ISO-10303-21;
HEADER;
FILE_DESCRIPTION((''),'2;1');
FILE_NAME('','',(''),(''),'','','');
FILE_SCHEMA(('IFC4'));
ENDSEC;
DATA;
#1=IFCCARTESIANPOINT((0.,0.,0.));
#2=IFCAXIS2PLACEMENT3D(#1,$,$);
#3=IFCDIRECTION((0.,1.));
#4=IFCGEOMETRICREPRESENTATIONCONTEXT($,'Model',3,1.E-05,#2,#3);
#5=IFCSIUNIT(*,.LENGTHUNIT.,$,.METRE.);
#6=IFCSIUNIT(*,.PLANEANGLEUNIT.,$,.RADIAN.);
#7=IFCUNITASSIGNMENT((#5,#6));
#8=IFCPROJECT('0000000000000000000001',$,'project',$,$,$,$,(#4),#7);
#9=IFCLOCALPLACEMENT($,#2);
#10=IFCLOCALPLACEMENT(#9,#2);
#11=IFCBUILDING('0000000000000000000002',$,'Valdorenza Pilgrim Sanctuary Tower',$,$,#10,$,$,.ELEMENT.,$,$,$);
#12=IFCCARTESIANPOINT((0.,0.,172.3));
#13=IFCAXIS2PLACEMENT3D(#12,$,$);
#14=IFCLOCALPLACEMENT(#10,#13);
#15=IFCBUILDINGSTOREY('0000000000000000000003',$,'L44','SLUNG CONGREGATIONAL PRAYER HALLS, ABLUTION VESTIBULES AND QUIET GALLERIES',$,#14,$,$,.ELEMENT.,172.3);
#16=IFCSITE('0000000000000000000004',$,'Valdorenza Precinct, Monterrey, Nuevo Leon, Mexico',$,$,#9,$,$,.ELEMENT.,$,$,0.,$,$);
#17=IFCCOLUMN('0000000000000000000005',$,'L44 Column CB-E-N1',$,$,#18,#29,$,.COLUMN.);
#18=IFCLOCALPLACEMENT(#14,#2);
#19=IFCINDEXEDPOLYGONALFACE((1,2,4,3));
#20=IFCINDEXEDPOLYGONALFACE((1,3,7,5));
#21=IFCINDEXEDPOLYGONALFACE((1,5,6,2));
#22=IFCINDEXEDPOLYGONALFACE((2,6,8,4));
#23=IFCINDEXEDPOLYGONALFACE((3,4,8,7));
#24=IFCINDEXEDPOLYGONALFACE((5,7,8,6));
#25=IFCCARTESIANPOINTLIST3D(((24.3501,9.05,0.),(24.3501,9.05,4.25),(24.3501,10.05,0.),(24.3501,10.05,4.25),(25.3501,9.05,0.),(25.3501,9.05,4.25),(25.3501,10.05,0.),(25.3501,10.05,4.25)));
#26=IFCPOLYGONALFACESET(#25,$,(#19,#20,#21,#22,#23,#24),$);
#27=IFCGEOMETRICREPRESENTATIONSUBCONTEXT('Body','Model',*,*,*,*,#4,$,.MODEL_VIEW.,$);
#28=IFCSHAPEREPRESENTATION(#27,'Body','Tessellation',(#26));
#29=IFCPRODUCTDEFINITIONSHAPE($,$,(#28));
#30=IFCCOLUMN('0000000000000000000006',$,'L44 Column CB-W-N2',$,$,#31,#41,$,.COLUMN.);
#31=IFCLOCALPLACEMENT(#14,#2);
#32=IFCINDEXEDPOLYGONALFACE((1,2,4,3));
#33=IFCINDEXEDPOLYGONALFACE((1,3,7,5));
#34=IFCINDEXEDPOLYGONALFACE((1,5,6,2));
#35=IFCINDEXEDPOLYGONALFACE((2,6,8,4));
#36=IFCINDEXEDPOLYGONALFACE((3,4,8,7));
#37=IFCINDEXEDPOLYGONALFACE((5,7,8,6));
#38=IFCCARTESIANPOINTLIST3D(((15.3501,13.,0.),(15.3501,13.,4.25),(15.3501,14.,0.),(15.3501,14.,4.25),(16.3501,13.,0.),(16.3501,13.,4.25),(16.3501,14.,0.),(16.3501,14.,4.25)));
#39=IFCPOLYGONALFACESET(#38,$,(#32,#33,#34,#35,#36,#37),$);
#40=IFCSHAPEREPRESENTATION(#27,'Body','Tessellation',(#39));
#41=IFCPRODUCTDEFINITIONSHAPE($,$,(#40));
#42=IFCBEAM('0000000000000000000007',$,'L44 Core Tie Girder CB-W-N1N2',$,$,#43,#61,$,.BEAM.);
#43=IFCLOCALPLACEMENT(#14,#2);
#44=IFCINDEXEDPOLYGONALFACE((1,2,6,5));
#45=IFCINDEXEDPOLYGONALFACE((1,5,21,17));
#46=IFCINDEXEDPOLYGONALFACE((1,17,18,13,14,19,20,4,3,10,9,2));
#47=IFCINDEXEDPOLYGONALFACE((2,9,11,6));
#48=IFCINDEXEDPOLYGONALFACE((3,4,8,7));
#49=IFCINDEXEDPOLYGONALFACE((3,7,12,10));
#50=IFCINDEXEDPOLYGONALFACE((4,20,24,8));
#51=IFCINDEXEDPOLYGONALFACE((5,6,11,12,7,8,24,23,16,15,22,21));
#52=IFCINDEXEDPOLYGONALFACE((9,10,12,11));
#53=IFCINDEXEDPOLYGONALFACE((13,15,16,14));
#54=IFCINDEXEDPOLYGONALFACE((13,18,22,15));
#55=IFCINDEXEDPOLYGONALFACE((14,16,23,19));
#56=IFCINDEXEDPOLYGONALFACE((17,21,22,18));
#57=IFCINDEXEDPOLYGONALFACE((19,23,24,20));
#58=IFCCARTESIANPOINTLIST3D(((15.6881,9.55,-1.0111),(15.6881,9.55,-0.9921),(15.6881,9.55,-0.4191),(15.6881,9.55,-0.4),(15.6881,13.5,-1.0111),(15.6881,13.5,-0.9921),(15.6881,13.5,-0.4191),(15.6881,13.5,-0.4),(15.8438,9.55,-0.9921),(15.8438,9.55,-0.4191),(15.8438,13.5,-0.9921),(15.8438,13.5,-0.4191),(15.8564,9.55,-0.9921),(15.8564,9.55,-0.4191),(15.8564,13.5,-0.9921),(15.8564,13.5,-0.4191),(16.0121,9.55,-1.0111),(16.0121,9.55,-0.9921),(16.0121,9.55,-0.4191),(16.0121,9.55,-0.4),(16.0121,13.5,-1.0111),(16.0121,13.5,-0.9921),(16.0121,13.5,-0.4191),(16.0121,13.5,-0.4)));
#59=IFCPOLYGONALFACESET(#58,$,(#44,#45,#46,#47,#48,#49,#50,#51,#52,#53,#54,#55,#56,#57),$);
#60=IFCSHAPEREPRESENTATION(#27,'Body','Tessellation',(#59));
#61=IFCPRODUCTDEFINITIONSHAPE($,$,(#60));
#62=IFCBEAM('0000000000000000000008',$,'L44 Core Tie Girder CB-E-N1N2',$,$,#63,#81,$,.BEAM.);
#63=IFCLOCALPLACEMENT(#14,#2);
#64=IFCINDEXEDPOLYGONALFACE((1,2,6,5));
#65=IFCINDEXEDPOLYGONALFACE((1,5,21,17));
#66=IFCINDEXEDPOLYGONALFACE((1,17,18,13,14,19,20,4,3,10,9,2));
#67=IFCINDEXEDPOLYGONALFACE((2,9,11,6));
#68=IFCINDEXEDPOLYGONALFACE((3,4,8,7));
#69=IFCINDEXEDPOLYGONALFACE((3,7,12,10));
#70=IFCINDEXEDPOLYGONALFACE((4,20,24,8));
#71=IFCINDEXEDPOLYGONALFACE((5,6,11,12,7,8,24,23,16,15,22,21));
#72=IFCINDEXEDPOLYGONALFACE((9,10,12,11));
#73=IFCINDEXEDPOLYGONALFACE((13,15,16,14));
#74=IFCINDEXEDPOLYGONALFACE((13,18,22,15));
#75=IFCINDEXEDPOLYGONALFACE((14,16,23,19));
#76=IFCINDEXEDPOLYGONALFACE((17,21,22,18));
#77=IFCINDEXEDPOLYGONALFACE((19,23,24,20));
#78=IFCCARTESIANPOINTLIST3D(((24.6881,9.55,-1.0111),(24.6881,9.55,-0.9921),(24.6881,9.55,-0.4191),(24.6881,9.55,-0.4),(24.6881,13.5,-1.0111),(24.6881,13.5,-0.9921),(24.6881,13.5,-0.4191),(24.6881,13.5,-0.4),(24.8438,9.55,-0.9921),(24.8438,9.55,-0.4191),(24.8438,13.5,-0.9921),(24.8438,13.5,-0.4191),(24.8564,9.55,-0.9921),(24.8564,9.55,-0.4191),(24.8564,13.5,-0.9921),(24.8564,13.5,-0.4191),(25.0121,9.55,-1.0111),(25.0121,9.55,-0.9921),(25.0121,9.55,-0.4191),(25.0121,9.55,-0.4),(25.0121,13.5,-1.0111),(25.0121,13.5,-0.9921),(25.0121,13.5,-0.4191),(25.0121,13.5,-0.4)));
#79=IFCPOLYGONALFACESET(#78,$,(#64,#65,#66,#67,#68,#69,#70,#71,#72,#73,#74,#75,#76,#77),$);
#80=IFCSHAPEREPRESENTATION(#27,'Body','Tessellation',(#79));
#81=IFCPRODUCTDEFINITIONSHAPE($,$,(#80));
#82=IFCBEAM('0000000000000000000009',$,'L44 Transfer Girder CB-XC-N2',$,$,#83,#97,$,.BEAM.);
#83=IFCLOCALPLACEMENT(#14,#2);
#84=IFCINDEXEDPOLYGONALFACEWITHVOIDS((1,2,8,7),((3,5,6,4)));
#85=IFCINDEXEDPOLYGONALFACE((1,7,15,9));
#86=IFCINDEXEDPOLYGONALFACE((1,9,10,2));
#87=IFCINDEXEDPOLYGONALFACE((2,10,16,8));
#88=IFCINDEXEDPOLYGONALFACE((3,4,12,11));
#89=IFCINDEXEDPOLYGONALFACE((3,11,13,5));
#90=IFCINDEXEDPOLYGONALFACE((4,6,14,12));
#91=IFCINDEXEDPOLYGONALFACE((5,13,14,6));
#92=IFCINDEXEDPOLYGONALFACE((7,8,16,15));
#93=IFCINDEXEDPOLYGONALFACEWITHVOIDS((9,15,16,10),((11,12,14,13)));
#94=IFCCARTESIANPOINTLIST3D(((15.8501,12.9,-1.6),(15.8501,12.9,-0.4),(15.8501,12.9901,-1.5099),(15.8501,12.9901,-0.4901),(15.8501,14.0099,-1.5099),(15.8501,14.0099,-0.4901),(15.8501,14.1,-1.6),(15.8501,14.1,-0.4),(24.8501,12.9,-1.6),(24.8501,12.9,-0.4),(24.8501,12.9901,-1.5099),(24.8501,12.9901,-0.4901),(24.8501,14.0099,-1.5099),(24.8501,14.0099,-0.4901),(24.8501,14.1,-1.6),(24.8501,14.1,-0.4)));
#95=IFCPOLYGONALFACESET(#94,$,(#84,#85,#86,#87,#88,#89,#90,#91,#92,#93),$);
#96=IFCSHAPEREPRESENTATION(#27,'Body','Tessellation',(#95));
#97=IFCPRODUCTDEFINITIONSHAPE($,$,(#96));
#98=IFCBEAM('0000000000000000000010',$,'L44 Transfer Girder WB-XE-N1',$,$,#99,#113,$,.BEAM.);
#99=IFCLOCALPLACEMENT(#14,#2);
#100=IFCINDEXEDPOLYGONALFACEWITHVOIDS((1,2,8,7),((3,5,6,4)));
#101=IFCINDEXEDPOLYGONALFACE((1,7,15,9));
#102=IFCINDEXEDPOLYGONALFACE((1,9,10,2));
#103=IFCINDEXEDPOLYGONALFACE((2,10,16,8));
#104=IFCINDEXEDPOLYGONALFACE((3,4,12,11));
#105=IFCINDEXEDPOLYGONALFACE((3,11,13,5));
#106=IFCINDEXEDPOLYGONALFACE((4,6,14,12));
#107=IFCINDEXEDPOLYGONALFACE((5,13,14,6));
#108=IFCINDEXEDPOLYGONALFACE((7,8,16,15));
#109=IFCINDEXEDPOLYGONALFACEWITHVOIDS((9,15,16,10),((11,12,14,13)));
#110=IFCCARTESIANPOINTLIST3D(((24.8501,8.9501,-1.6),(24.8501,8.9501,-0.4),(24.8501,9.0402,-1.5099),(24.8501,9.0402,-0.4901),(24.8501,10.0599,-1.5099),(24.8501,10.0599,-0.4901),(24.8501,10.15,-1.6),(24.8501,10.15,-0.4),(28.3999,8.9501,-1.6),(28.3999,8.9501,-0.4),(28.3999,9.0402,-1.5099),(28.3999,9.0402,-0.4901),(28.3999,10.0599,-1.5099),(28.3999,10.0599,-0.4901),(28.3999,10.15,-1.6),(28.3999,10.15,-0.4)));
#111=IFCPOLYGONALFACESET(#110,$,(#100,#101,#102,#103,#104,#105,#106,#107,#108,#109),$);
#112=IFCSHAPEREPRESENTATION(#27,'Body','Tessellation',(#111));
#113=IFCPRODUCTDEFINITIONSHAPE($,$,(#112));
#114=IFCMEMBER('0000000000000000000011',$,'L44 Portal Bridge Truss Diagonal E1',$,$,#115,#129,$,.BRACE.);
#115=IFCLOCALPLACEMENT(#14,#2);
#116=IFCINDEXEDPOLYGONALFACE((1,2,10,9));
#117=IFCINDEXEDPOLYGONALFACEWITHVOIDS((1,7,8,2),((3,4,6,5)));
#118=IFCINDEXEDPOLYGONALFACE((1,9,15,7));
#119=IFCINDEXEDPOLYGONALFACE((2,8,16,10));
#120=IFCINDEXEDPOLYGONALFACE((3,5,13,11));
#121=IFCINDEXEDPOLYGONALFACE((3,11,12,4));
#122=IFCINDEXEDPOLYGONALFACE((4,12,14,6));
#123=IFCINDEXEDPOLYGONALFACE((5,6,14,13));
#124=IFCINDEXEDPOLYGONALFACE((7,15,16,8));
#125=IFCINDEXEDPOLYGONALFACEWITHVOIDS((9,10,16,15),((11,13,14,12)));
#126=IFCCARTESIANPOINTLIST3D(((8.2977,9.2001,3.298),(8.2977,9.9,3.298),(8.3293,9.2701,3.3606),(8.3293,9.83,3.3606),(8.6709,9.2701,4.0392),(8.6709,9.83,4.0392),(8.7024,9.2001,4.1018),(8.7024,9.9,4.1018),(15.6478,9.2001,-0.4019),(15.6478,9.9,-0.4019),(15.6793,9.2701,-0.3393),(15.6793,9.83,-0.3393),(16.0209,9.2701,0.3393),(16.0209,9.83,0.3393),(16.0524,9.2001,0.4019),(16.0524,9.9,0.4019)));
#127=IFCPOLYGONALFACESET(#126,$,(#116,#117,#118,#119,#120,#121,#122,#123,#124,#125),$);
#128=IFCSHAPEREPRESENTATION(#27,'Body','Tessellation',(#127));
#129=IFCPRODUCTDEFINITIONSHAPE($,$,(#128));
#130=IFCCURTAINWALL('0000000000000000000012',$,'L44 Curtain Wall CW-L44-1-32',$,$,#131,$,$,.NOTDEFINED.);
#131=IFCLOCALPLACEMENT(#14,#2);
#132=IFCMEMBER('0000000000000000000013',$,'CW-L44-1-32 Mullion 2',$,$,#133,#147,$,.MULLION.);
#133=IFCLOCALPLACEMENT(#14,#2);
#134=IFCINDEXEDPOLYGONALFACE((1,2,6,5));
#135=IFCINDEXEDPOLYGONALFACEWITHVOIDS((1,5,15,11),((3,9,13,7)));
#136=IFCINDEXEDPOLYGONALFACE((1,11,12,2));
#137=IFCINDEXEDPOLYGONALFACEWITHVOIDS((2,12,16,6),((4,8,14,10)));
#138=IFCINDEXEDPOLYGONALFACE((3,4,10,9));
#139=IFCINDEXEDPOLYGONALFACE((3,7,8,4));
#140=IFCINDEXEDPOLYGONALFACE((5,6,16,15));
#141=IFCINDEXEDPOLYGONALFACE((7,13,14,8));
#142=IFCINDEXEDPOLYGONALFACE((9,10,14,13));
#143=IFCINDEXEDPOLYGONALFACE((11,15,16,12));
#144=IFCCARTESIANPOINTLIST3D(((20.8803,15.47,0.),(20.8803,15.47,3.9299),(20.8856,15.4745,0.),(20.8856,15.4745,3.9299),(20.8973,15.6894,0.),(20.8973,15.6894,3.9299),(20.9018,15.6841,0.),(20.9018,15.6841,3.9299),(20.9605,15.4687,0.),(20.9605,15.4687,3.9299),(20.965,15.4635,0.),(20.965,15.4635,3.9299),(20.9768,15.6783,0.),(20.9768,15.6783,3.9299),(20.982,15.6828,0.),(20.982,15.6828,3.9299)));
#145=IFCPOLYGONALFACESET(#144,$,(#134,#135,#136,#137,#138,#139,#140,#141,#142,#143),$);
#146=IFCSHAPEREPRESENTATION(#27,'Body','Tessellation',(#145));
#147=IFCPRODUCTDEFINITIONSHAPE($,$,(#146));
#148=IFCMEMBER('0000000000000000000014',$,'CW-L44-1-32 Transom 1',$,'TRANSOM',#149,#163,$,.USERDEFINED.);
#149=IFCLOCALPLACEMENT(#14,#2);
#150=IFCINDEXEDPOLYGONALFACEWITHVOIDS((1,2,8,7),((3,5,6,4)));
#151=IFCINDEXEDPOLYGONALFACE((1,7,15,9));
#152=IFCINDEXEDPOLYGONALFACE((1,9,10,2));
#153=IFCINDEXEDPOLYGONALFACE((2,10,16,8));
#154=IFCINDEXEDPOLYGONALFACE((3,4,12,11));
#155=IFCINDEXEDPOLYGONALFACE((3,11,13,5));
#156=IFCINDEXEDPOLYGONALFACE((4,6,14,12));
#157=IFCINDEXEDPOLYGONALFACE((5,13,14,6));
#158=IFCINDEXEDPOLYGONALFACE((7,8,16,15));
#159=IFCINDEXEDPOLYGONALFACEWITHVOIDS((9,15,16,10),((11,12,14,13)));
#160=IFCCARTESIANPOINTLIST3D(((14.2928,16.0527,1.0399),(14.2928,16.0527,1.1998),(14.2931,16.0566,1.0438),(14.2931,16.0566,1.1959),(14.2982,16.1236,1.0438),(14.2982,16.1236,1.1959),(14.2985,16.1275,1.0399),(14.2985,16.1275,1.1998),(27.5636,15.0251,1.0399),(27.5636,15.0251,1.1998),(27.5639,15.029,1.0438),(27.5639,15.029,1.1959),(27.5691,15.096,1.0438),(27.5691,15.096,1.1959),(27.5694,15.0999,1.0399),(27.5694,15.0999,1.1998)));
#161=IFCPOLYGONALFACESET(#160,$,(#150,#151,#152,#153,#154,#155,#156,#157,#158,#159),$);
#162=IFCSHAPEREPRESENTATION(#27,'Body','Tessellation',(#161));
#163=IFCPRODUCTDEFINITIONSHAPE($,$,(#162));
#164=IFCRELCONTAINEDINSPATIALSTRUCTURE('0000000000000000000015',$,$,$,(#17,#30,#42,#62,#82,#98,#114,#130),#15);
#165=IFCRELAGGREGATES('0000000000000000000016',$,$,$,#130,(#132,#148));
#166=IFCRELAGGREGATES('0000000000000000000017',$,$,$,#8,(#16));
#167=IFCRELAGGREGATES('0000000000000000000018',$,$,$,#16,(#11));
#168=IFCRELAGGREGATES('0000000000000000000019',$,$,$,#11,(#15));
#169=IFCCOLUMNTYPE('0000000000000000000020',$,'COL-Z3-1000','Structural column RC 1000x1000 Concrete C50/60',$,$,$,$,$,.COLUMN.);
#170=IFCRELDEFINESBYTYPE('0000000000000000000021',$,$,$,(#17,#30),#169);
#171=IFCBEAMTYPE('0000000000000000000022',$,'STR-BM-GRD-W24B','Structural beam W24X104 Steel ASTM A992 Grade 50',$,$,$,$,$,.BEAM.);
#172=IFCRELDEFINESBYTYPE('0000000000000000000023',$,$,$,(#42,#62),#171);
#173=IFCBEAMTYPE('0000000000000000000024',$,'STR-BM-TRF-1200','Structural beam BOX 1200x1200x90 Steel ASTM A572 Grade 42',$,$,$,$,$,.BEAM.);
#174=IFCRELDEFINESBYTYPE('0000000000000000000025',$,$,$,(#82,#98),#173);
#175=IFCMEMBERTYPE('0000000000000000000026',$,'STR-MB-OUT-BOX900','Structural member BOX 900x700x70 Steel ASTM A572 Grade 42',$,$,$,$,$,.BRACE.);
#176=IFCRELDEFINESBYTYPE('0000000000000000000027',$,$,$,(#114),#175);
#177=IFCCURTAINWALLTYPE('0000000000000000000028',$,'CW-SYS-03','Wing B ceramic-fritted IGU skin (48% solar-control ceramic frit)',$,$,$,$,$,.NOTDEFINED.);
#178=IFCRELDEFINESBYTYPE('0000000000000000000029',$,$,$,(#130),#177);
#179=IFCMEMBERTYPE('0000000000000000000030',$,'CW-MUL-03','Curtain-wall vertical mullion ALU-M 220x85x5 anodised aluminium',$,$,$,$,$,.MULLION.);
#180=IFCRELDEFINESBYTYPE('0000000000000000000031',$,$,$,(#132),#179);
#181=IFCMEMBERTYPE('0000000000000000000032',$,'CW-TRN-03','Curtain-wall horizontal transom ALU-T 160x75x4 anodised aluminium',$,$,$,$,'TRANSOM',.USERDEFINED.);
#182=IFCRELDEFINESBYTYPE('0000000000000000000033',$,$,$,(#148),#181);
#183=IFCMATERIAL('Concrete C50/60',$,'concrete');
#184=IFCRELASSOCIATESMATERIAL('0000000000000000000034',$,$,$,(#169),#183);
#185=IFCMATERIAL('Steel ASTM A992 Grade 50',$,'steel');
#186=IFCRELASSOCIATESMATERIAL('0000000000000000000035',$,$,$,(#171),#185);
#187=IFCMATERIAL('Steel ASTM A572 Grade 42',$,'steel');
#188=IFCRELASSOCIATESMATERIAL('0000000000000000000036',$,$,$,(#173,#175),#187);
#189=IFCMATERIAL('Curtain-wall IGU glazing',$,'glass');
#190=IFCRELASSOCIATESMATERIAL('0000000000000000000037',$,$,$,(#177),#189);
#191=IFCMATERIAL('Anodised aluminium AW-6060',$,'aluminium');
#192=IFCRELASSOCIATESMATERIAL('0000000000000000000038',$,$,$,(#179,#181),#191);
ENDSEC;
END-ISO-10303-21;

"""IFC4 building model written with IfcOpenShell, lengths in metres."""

from ifc_helpers import new_model, si_unit, direction, frame, origin, origin_2d, place, context, subcontext, project, spatial, rectangle, hollow_rectangle, i_section, extrude, source, transform, mapped, material, material_profile, profile_set, type_object, element, aggregate, save


model = new_model("IFC4")

# Units and contexts
model_context = context("Model", 3, precision=1e-05, world=origin(), true_north=direction((0.0, 1.0)))
body_context = subcontext(model_context, "Body", "Model", "MODEL_VIEW")
ifc_project = project(units=[si_unit("LENGTHUNIT", "METRE"), si_unit("PLANEANGLEUNIT", "RADIAN")], contexts=[model_context])

# Site, building, storey
site_placement = place(None, origin())
site = spatial("IfcSite", under=ifc_project, at=site_placement, Name="Valdorenza Precinct, Monterrey, Nuevo Leon, Mexico", CompositionType="ELEMENT", RefElevation=0.0)
building_placement = place(site_placement, origin())
building = spatial("IfcBuilding", under=site, at=building_placement, Name="Valdorenza Pilgrim Sanctuary Tower", CompositionType="ELEMENT")
storey_placement = place(building_placement, frame((0.0, 0.0, 172.3)))
storey = spatial("IfcBuildingStorey", under=building, at=storey_placement, Name="L44", Description="SLUNG CONGREGATIONAL PRAYER HALLS, ABLUTION VESTIBULES AND QUIET GALLERIES", CompositionType="ELEMENT", Elevation=172.3)

# Columns
ifc_material_1 = material(Name="Concrete C50/60", Category="concrete")
ifc_material_profile_1 = material_profile(ifc_material_1, rectangle(XDim=1.0, YDim=1.0, at=origin_2d()), Name="RC 1000x1000")
ifc_profile_set_1 = profile_set([ifc_material_profile_1], Name="Concrete C50/60")
column_type = type_object("IfcColumnType", Name="COL-Z3-1000", Description="Structural column RC 1000x1000 Concrete C50/60", PredefinedType="COLUMN", material=ifc_profile_set_1)
shared_shape_1 = source(origin(), body_context, "Body", "SweptSolid", [
    extrude(rectangle(XDim=1.0, YDim=1.0, at=origin_2d()), origin(), (0.0, 0.0, 1.0), 4.25),
])
for number, where, z_axis, x_axis, name in (
    (1, (24.8501, 9.55, 0.0), (0.0, 0.0, 1.0), (1.0, 0.0, 0.0), "L44 Column CB-E-N1"),
    (2, (15.8501, 13.5, 0.0), (0.0, 0.0, 1.0), (1.0, 0.0, 0.0), "L44 Column CB-W-N2"),
):
    element("IfcColumn", number, at=place(storey_placement, frame(where, z_axis=z_axis, x_axis=x_axis)), inside=storey, type_object=column_type, Name=name, PredefinedType="COLUMN", context=body_context, shape_type="MappedRepresentation", body=[
        mapped(shared_shape_1, transform((0.0, 0.0, 0.0), x_axis=(1.0, 0.0, 0.0), y_axis=(0.0, 1.0, 0.0), z_axis=(0.0, 0.0, 1.0), scale=1.0)),
    ])

# Beams
ifc_material_2 = material(Name="Steel ASTM A992 Grade 50", Category="steel")
ifc_material_profile_2 = material_profile(ifc_material_2, i_section(OverallWidth=0.324, OverallDepth=0.6111, WebThickness=0.0127, FlangeThickness=0.019, at=origin_2d()), Name="W24X104")
ifc_profile_set_2 = profile_set([ifc_material_profile_2], Name="Steel ASTM A992 Grade 50")
beam_type_1 = type_object("IfcBeamType", Name="STR-BM-GRD-W24B", Description="Structural beam W24X104 Steel ASTM A992 Grade 50", PredefinedType="BEAM", material=ifc_profile_set_2)
shared_shape_2 = source(origin(), body_context, "Body", "SweptSolid", [
    extrude(i_section(OverallWidth=0.324, OverallDepth=0.6111, WebThickness=0.0127, FlangeThickness=0.019, at=origin_2d()), origin(), (0.0, 0.0, 1.0), 3.95),
])
for number, where, z_axis, x_axis, name in (
    (3, (15.8501, 9.55, -0.7056), (0.0, 1.0, 0.0), (-1.0, 0.0, 0.0), "L44 Core Tie Girder CB-W-N1N2"),
    (4, (24.8501, 9.55, -0.7056), (0.0, 1.0, 0.0), (-1.0, 0.0, 0.0), "L44 Core Tie Girder CB-E-N1N2"),
):
    element("IfcBeam", number, at=place(storey_placement, frame(where, z_axis=z_axis, x_axis=x_axis)), inside=storey, type_object=beam_type_1, Name=name, PredefinedType="BEAM", context=body_context, shape_type="MappedRepresentation", body=[
        mapped(shared_shape_2, transform((0.0, 0.0, 0.0), x_axis=(1.0, 0.0, 0.0), y_axis=(0.0, 1.0, 0.0), z_axis=(0.0, 0.0, 1.0), scale=1.0)),
    ])
ifc_material_3 = material(Name="Steel ASTM A572 Grade 42", Category="steel")
ifc_material_profile_3 = material_profile(ifc_material_3, hollow_rectangle(XDim=1.2, YDim=1.2, WallThickness=0.0901, at=origin_2d()), Name="BOX 1200x1200x90")
ifc_profile_set_3 = profile_set([ifc_material_profile_3], Name="Steel ASTM A572 Grade 42")
beam_type_2 = type_object("IfcBeamType", Name="STR-BM-TRF-1200", Description="Structural beam BOX 1200x1200x90 Steel ASTM A572 Grade 42", PredefinedType="BEAM", material=ifc_profile_set_3)
shared_shape_3 = source(origin(), body_context, "Body", "SweptSolid", [
    extrude(hollow_rectangle(XDim=1.2, YDim=1.2, WallThickness=0.0901, at=origin_2d()), origin(), (0.0, 0.0, 1.0), 9.0),
])
beam_1_placement = place(storey_placement, frame((15.8501, 13.5, -1.0), z_axis=(1.0, 0.0, 0.0), x_axis=(0.0, 1.0, 0.0)))
element("IfcBeam", 5, at=beam_1_placement, inside=storey, type_object=beam_type_2, Name="L44 Transfer Girder CB-XC-N2", PredefinedType="BEAM", context=body_context, shape_type="MappedRepresentation", body=[
    mapped(shared_shape_3, transform((0.0, 0.0, 0.0), x_axis=(1.0, 0.0, 0.0), y_axis=(0.0, 1.0, 0.0), z_axis=(0.0, 0.0, 1.0), scale=1.0)),
])
shared_shape_4 = source(origin(), body_context, "Body", "SweptSolid", [
    extrude(hollow_rectangle(XDim=1.2, YDim=1.2, WallThickness=0.0901, at=origin_2d()), origin(), (0.0, 0.0, 1.0), 3.5498),
])
beam_2_placement = place(storey_placement, frame((24.8501, 9.55, -1.0), z_axis=(1.0, 0.0, 0.0), x_axis=(0.0, 1.0, 0.0)))
element("IfcBeam", 6, at=beam_2_placement, inside=storey, type_object=beam_type_2, Name="L44 Transfer Girder WB-XE-N1", PredefinedType="BEAM", context=body_context, shape_type="MappedRepresentation", body=[
    mapped(shared_shape_4, transform((0.0, 0.0, 0.0), x_axis=(1.0, 0.0, 0.0), y_axis=(0.0, 1.0, 0.0), z_axis=(0.0, 0.0, 1.0), scale=1.0)),
])

# Member
ifc_material_profile_4 = material_profile(ifc_material_3, hollow_rectangle(XDim=0.7, YDim=0.8999, WallThickness=0.0701, at=origin_2d()), Name="BOX 900x700x70")
ifc_profile_set_4 = profile_set([ifc_material_profile_4], Name="Steel ASTM A572 Grade 42")
member_type_1 = type_object("IfcMemberType", Name="STR-MB-OUT-BOX900", Description="Structural member BOX 900x700x70 Steel ASTM A572 Grade 42", PredefinedType="BRACE", material=ifc_profile_set_4)
shared_shape_5 = source(origin(), body_context, "Body", "SweptSolid", [
    extrude(hollow_rectangle(XDim=0.7, YDim=0.8999, WallThickness=0.0701, at=origin_2d()), origin(), (0.0, 0.0, 1.0), 8.2288),
])
member_1_placement = place(storey_placement, frame((15.8501, 9.55, 0.0), z_axis=(-0.893213, 0.0, 0.449633), x_axis=(0.0, -1.0, 0.0)))
element("IfcMember", 7, at=member_1_placement, inside=storey, type_object=member_type_1, Name="L44 Portal Bridge Truss Diagonal E1", PredefinedType="BRACE", context=body_context, shape_type="MappedRepresentation", body=[
    mapped(shared_shape_5, transform((0.0, 0.0, 0.0), x_axis=(1.0, 0.0, 0.0), y_axis=(0.0, 1.0, 0.0), z_axis=(0.0, 0.0, 1.0), scale=1.0)),
])

# Curtain wall, members
ifc_material_4 = material(Name="Curtain-wall IGU glazing", Category="glass")
curtain_wall_type = type_object("IfcCurtainWallType", Name="CW-SYS-03", Description="Wing B ceramic-fritted IGU skin (48% solar-control ceramic frit)", PredefinedType="NOTDEFINED", material=ifc_material_4)
curtain_wall_placement = place(storey_placement, origin())
curtain_wall = element("IfcCurtainWall", 8, at=curtain_wall_placement, inside=storey, type_object=curtain_wall_type, Name="L44 Curtain Wall CW-L44-1-32", PredefinedType="NOTDEFINED")
ifc_material_5 = material(Name="Anodised aluminium AW-6060", Category="aluminium")
ifc_material_profile_5 = material_profile(ifc_material_5, hollow_rectangle(XDim=0.085, YDim=0.22, WallThickness=0.0049, at=origin_2d()), Name="ALU-M 220x85x5")
ifc_profile_set_5 = profile_set([ifc_material_profile_5], Name="Anodised aluminium AW-6060")
member_type_2 = type_object("IfcMemberType", Name="CW-MUL-03", Description="Curtain-wall vertical mullion ALU-M 220x85x5 anodised aluminium", PredefinedType="MULLION", material=ifc_profile_set_5)
shared_shape_6 = source(origin(), body_context, "Body", "SweptSolid", [
    extrude(hollow_rectangle(XDim=0.085, YDim=0.22, WallThickness=0.0049, at=origin_2d()), origin(), (0.0, 0.0, 1.0), 3.9299),
])
member_2_placement = place(storey_placement, frame((20.9312, 15.5764, 0.0), z_axis=(0.0, 0.0, 1.0), x_axis=(0.997016, -0.077189, 0.0)))
member_2 = element("IfcMember", 9, at=member_2_placement, type_object=member_type_2, Name="CW-L44-1-32 Mullion 2", PredefinedType="MULLION", context=body_context, shape_type="MappedRepresentation", body=[
    mapped(shared_shape_6, transform((0.0, 0.0, 0.0), x_axis=(1.0, 0.0, 0.0), y_axis=(0.0, 1.0, 0.0), z_axis=(0.0, 0.0, 1.0), scale=1.0)),
])
ifc_material_profile_6 = material_profile(ifc_material_5, hollow_rectangle(XDim=0.075, YDim=0.1599, WallThickness=0.0039, at=origin_2d()), Name="ALU-T 160x75x4")
ifc_profile_set_6 = profile_set([ifc_material_profile_6], Name="Anodised aluminium AW-6060")
member_type_3 = type_object("IfcMemberType", Name="CW-TRN-03", Description="Curtain-wall horizontal transom ALU-T 160x75x4 anodised aluminium", ElementType="TRANSOM", PredefinedType="USERDEFINED", material=ifc_profile_set_6)
shared_shape_7 = source(origin(), body_context, "Body", "SweptSolid", [
    extrude(hollow_rectangle(XDim=0.075, YDim=0.1599, WallThickness=0.0039, at=origin_2d()), origin(), (0.0, 0.0, 1.0), 13.3105),
])
member_3_placement = place(storey_placement, frame((14.2957, 16.0901, 1.1199), z_axis=(0.997016, -0.077201, 0.0), x_axis=(0.077201, 0.997016, 0.0)))
member_3 = element("IfcMember", 10, at=member_3_placement, type_object=member_type_3, Name="CW-L44-1-32 Transom 1", ObjectType="TRANSOM", PredefinedType="USERDEFINED", context=body_context, shape_type="MappedRepresentation", body=[
    mapped(shared_shape_7, transform((0.0, 0.0, 0.0), x_axis=(1.0, 0.0, 0.0), y_axis=(0.0, 1.0, 0.0), z_axis=(0.0, 0.0, 1.0), scale=1.0)),
])

aggregate(curtain_wall, [member_2, member_3])

save(model, "model.ifc")
